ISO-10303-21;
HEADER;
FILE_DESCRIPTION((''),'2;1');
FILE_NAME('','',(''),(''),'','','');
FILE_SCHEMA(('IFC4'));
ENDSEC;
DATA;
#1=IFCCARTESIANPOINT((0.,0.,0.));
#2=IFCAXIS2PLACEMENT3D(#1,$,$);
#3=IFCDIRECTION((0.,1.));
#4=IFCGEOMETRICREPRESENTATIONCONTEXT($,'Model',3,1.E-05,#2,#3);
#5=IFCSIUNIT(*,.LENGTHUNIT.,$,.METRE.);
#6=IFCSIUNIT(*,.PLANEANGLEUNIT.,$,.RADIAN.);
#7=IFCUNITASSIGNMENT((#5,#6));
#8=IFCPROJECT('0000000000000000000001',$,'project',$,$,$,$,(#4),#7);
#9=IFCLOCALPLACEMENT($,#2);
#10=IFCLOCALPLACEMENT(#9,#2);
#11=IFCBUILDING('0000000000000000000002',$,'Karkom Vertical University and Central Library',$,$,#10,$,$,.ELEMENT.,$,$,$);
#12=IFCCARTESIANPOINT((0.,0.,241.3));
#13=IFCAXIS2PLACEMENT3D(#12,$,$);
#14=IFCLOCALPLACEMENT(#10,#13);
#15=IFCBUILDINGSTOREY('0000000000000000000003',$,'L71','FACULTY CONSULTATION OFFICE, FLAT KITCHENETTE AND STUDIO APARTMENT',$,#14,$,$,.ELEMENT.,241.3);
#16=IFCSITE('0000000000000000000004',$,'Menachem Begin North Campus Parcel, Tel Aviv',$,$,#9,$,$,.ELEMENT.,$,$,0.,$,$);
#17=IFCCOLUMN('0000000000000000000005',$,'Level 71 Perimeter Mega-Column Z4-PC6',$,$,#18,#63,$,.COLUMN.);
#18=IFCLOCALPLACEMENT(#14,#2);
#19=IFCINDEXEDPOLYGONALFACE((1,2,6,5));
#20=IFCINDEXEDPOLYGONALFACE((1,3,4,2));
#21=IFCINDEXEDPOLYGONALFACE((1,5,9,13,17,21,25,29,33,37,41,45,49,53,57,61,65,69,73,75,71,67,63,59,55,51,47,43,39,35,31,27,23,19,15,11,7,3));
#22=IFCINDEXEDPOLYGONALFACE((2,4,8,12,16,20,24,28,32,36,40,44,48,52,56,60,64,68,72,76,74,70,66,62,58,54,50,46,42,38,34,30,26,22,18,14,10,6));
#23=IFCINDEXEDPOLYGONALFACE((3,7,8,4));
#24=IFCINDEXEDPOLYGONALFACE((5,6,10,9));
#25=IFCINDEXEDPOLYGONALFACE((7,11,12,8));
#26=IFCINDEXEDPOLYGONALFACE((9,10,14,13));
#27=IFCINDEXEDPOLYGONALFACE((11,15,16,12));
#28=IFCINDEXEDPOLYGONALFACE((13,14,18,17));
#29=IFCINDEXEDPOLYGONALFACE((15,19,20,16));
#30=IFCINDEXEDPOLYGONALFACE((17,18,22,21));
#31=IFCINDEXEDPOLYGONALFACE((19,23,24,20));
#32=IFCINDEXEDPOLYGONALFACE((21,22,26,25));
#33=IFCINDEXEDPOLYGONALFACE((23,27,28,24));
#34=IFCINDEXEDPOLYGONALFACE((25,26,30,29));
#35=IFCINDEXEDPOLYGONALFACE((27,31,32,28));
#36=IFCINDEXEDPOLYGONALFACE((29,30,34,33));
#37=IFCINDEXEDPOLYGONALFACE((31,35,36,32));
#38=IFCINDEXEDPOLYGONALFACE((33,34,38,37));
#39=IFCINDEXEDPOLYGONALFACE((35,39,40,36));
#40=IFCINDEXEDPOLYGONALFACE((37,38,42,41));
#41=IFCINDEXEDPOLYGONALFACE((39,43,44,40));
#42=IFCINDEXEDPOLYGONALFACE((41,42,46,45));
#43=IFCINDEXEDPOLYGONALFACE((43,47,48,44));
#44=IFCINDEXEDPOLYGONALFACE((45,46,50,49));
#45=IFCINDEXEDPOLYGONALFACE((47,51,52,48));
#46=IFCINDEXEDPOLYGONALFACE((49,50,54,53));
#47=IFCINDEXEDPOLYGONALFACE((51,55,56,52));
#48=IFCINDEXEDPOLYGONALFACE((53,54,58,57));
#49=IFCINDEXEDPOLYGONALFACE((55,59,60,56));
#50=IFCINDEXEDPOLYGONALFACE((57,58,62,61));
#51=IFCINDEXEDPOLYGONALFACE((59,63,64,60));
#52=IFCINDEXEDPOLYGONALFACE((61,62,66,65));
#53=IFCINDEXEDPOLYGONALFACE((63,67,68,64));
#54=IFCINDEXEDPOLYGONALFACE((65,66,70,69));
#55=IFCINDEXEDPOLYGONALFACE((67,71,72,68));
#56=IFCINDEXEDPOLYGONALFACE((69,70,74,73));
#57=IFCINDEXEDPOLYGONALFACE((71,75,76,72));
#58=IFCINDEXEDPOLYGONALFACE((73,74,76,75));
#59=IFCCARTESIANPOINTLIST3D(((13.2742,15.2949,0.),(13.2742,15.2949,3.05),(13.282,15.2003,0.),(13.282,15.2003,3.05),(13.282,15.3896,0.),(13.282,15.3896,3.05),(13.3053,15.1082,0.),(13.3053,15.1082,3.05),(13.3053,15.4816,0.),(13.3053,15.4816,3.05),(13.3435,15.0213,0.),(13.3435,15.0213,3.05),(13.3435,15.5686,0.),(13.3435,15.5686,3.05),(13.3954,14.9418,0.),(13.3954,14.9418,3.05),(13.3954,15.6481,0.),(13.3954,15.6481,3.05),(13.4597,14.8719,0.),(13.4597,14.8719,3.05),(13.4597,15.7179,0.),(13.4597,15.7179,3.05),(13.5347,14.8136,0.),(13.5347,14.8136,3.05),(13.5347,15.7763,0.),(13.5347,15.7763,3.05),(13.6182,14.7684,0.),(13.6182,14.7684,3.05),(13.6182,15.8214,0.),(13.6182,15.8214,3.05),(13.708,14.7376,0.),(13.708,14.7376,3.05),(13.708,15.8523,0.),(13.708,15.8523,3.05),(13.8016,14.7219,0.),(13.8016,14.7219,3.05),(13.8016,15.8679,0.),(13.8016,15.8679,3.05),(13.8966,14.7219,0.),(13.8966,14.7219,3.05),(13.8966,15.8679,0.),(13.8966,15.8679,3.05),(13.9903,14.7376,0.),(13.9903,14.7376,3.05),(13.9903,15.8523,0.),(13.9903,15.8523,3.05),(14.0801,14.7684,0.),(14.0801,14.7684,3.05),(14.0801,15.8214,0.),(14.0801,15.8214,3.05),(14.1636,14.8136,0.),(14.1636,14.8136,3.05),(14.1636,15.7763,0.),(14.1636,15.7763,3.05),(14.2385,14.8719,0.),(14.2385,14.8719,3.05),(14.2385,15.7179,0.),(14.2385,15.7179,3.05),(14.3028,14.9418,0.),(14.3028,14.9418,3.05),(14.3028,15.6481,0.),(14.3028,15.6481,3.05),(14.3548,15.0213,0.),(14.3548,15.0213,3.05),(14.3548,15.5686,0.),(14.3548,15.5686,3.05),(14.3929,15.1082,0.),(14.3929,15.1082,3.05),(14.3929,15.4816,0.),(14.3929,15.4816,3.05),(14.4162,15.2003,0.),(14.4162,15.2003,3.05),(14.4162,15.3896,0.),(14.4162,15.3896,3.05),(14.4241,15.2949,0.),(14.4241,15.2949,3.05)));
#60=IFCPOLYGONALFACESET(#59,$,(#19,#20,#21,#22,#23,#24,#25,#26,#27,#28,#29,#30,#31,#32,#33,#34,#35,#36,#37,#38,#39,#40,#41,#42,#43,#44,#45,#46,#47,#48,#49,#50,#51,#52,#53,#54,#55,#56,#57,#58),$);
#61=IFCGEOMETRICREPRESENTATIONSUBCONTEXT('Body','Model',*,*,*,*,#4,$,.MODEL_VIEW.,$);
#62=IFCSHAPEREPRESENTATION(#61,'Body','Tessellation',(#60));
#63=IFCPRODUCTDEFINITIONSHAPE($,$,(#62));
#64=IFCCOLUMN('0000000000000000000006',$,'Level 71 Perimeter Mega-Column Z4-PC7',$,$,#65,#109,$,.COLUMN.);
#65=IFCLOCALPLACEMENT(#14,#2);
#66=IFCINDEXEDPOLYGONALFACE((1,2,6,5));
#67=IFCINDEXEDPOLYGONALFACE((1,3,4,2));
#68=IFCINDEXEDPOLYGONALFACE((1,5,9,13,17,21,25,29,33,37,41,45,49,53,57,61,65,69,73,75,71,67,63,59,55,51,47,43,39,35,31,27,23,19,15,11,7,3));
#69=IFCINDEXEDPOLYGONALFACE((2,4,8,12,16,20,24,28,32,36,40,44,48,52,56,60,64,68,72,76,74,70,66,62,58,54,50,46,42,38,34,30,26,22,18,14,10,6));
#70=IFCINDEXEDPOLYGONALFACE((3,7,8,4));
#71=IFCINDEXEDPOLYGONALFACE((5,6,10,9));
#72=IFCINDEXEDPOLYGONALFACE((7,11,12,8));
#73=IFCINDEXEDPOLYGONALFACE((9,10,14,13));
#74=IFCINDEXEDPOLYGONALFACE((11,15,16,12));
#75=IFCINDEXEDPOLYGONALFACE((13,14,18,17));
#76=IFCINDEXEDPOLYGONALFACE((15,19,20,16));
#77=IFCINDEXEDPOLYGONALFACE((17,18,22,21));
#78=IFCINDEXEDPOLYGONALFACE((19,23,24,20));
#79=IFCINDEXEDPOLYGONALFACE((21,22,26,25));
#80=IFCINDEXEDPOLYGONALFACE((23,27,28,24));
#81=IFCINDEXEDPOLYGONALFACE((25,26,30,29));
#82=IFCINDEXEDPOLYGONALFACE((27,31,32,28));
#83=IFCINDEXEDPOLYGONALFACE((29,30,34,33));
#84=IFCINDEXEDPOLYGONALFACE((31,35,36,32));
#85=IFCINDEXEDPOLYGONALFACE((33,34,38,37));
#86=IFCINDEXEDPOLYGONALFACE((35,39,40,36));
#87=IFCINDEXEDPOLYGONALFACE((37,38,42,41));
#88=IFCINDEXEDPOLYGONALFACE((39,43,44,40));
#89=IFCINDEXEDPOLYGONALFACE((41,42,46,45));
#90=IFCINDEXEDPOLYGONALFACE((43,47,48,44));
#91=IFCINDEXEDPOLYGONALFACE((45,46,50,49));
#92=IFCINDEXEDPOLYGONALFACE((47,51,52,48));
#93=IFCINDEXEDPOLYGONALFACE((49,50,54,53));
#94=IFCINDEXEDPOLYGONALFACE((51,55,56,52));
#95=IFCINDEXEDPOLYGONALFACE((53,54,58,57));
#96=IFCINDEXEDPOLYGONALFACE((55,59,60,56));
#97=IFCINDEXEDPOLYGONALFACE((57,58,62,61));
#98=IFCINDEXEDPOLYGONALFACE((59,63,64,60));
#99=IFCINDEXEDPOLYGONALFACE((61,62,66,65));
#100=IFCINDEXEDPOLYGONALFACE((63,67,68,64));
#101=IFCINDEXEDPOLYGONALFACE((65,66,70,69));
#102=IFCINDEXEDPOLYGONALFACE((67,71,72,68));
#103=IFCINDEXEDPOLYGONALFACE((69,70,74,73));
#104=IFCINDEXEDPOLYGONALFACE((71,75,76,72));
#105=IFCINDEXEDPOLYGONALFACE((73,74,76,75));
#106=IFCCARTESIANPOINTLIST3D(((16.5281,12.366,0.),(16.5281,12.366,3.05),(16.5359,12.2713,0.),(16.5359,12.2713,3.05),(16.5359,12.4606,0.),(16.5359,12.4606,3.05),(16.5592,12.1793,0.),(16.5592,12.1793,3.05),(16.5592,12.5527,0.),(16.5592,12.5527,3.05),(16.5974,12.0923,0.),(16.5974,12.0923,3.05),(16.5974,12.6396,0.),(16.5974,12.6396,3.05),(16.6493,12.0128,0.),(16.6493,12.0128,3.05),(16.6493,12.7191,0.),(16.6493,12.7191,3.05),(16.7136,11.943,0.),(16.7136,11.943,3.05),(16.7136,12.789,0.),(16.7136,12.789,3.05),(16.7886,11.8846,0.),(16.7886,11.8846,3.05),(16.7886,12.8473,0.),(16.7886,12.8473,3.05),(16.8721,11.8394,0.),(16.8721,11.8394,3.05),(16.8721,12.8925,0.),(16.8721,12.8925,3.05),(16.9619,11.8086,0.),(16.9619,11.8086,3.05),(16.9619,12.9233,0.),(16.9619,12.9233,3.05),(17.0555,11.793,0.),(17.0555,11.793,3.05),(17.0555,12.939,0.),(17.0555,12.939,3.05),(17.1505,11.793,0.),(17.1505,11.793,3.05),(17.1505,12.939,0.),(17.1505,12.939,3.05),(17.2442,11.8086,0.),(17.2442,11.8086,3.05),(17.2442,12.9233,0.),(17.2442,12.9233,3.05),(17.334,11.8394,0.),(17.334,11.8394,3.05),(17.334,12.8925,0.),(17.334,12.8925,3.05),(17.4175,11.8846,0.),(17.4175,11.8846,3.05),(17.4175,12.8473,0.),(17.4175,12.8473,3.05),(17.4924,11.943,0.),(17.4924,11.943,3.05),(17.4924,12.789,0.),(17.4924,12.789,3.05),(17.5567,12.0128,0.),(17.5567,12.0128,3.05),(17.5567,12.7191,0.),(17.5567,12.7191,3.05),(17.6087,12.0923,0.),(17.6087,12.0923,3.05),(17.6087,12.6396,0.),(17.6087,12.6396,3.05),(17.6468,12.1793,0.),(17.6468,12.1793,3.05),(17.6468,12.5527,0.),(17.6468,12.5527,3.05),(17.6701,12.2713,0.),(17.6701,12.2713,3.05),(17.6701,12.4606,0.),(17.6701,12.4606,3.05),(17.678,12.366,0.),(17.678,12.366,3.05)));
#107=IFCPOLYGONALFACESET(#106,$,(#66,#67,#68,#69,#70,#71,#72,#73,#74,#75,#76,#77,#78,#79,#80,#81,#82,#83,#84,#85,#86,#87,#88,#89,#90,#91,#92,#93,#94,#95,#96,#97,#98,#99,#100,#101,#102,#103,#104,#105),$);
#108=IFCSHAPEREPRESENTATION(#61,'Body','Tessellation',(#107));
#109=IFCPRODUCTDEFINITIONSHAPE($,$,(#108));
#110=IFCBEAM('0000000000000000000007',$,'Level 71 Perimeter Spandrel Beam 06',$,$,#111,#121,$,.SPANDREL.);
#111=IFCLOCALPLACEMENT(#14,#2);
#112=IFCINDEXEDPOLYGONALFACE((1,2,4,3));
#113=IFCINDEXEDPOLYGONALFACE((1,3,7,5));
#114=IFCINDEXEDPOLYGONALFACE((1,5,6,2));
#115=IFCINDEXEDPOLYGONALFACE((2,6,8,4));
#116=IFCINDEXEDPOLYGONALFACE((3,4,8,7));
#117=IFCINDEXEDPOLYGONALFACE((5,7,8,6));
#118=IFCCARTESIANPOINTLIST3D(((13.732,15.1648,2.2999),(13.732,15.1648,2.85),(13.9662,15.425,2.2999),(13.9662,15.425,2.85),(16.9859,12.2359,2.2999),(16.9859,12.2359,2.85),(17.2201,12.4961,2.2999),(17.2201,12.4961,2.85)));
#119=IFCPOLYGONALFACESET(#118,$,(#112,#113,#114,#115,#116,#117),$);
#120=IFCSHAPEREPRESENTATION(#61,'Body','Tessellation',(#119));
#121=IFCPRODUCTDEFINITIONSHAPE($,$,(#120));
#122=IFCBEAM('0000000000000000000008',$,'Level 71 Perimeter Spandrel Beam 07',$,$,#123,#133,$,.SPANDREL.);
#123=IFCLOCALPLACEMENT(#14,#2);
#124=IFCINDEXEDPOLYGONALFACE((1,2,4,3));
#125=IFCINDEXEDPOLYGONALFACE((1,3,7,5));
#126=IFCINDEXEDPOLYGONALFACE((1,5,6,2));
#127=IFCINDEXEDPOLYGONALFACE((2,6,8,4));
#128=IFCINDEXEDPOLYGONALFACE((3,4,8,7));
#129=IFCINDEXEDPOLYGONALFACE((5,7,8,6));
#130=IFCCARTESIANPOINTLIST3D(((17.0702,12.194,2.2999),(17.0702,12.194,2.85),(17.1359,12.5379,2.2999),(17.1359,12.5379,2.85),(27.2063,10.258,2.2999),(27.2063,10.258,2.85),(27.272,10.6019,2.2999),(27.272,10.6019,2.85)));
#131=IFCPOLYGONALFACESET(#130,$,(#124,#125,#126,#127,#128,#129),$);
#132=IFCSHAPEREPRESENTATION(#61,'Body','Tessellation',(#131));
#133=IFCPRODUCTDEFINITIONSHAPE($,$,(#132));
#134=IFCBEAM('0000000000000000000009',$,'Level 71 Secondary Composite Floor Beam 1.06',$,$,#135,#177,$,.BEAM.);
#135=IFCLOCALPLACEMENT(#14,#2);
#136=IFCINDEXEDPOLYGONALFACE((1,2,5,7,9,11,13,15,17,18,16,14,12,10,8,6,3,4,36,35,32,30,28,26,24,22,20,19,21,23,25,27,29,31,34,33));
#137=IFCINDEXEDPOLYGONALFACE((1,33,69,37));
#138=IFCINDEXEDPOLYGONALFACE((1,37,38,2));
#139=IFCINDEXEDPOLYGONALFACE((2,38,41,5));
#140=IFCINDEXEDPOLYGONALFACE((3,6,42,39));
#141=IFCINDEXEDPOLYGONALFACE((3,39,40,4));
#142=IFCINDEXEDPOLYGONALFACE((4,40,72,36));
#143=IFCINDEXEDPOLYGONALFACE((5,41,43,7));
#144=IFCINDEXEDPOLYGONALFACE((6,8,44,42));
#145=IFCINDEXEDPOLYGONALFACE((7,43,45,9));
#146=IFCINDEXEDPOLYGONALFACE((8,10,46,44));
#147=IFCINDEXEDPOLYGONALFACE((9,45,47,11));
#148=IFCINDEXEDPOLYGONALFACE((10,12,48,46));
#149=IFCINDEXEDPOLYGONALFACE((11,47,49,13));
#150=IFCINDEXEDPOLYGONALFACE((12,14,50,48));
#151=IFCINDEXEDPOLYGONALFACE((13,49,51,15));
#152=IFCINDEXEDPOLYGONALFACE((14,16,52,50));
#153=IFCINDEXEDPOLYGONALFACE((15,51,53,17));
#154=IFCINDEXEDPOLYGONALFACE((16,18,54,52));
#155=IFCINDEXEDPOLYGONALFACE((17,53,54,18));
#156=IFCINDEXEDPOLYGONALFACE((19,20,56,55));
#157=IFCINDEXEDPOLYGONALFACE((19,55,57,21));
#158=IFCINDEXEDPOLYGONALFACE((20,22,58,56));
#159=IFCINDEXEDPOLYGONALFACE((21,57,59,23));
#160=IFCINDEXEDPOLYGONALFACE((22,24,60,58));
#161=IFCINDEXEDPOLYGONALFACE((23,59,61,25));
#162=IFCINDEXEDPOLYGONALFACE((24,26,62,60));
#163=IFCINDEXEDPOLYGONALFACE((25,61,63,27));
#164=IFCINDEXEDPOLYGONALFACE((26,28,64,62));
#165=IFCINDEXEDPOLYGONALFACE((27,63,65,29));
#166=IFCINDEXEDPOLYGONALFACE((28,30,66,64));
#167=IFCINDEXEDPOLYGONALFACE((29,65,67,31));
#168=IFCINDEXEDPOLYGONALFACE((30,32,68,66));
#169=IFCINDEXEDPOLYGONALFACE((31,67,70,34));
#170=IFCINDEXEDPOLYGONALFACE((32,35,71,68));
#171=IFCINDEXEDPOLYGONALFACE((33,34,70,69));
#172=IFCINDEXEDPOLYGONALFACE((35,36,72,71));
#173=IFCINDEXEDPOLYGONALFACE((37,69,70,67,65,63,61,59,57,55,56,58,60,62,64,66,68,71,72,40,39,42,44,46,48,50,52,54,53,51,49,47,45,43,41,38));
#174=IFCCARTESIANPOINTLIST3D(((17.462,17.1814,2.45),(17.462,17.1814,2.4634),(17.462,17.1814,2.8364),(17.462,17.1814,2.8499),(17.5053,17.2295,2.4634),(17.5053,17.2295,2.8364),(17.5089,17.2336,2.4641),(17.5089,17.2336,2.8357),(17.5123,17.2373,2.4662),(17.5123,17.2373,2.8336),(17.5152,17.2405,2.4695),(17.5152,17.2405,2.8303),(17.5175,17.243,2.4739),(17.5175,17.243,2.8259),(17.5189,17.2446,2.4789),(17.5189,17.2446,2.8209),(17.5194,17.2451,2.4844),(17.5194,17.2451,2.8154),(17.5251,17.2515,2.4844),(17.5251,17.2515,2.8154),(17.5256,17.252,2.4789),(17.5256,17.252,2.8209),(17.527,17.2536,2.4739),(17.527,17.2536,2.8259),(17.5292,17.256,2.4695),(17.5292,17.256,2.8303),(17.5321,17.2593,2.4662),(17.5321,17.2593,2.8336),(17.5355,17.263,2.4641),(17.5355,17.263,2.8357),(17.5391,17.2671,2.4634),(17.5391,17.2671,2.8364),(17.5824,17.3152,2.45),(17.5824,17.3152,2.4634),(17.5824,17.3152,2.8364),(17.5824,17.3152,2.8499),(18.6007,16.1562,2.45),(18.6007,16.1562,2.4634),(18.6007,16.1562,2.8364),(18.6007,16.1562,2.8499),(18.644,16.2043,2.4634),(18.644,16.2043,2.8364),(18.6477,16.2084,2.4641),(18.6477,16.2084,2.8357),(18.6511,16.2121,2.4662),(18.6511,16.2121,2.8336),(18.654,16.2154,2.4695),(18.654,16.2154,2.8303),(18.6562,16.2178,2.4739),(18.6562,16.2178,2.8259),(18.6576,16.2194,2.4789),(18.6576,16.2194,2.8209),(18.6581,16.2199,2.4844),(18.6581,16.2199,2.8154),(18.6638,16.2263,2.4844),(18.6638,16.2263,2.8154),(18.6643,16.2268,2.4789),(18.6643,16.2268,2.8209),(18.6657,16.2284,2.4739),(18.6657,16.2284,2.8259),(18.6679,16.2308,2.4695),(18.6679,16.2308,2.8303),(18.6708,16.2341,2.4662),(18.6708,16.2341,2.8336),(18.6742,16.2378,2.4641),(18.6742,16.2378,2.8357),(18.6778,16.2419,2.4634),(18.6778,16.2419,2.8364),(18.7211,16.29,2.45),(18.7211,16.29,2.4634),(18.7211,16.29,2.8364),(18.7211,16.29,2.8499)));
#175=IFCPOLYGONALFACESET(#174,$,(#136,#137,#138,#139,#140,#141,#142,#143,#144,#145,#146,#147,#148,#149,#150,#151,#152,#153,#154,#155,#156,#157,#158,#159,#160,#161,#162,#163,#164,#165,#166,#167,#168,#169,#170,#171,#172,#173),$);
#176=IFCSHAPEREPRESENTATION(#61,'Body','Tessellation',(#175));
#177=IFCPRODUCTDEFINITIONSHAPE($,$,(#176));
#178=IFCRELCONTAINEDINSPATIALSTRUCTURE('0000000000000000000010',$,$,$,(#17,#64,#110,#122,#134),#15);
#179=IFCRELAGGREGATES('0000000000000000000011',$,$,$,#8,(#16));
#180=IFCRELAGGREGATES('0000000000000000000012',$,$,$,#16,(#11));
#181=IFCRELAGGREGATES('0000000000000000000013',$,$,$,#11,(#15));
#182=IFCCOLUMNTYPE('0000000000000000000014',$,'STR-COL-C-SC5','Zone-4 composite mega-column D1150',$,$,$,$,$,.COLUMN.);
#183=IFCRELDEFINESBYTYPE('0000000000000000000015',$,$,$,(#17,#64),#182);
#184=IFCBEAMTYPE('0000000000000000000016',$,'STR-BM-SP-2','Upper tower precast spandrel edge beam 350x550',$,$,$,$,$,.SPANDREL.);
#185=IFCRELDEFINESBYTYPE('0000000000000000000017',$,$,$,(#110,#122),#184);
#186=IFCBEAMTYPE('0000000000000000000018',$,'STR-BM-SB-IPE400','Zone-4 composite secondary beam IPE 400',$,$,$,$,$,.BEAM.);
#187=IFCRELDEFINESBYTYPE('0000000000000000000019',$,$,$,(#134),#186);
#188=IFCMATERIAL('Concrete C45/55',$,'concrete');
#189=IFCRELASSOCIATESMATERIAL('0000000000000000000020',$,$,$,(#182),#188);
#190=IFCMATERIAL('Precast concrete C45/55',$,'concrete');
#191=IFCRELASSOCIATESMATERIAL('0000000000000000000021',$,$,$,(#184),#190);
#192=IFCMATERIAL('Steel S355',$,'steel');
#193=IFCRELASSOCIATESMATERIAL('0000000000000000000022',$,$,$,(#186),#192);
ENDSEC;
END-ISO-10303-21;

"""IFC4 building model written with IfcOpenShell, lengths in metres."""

from ifc_helpers import new_model, si_unit, direction, frame, origin, origin_with_axes, origin_2d, place, context, subcontext, project, spatial, rectangle, circle, i_section, extrude, source, transform, mapped, material, material_profile, profile_set, type_object, element, save


model = new_model("IFC4")

# Units and contexts
model_context = context("Model", 3, precision=1e-05, world=origin(), true_north=direction((0.0, 1.0)))
body_context = subcontext(model_context, "Body", "Model", "MODEL_VIEW")
ifc_project = project(units=[si_unit("LENGTHUNIT", "METRE"), si_unit("PLANEANGLEUNIT", "RADIAN")], contexts=[model_context])

# Site, building, storey
site_placement = place(None, origin())
site = spatial("IfcSite", under=ifc_project, at=site_placement, Name="Menachem Begin North Campus Parcel, Tel Aviv", CompositionType="ELEMENT", RefElevation=0.0)
building_placement = place(site_placement, origin())
building = spatial("IfcBuilding", under=site, at=building_placement, Name="Karkom Vertical University and Central Library", CompositionType="ELEMENT")
storey_placement = place(building_placement, frame((0.0, 0.0, 241.3)))
storey = spatial("IfcBuildingStorey", under=building, at=storey_placement, Name="L71", Description="FACULTY CONSULTATION OFFICE, FLAT KITCHENETTE AND STUDIO APARTMENT", CompositionType="ELEMENT", Elevation=241.3)

# Columns
ifc_material_1 = material(Name="Concrete C45/55", Category="concrete")
ifc_material_profile_1 = material_profile(ifc_material_1, circle(Radius=0.575, at=origin_2d()), Name="CFT-D1150")
ifc_profile_set_1 = profile_set([ifc_material_profile_1], Name="Concrete C45/55")
column_type = type_object("IfcColumnType", Name="STR-COL-C-SC5", Description="Zone-4 composite mega-column D1150", PredefinedType="COLUMN", material=ifc_profile_set_1)
shared_shape_1 = source(origin_with_axes(), body_context, "Body", "SweptSolid", [
    extrude(circle(Radius=0.575, at=origin_2d()), origin(), (0.0, 0.0, 1.0), 3.05),
])
for number, where, z_axis, x_axis, name in (
    (1, (13.8491, 15.2949, 0.0), (0.0, 0.0, 1.0), (1.0, 0.0, 0.0), "Level 71 Perimeter Mega-Column Z4-PC6"),
    (2, (17.103, 12.366, 0.0), (0.0, 0.0, 1.0), (1.0, 0.0, 0.0), "Level 71 Perimeter Mega-Column Z4-PC7"),
):
    element("IfcColumn", number, at=place(storey_placement, frame(where, z_axis=z_axis, x_axis=x_axis)), inside=storey, type_object=column_type, Name=name, PredefinedType="COLUMN", context=body_context, shape_type="MappedRepresentation", body=[
        mapped(shared_shape_1, transform((0.0, 0.0, 0.0), scale=1.0)),
    ])

# Beams
ifc_material_2 = material(Name="Precast concrete C45/55", Category="concrete")
ifc_material_profile_2 = material_profile(ifc_material_2, rectangle(XDim=0.3501, YDim=0.55, at=origin_2d()), Name="SPB-350x550")
ifc_profile_set_2 = profile_set([ifc_material_profile_2], Name="Precast concrete C45/55")
beam_type_1 = type_object("IfcBeamType", Name="STR-BM-SP-2", Description="Upper tower precast spandrel edge beam 350x550", PredefinedType="SPANDREL", material=ifc_profile_set_2)
shared_shape_2 = source(origin_with_axes(), body_context, "Body", "SweptSolid", [
    extrude(rectangle(XDim=0.3501, YDim=0.55, at=origin_2d()), origin(), (0.0, 0.0, 1.0), 4.3779),
])
beam_1_placement = place(storey_placement, frame((13.8491, 15.2949, 2.575), z_axis=(0.743244, -0.66902, 0.0), x_axis=(0.66902, 0.743244, 0.0)))
element("IfcBeam", 3, at=beam_1_placement, inside=storey, type_object=beam_type_1, Name="Level 71 Perimeter Spandrel Beam 06", PredefinedType="SPANDREL", context=body_context, shape_type="MappedRepresentation", body=[
    mapped(shared_shape_2, transform((0.0, 0.0, 0.0), scale=1.0)),
])
shared_shape_3 = source(origin_with_axes(), body_context, "Body", "SweptSolid", [
    extrude(rectangle(XDim=0.3501, YDim=0.55, at=origin_2d()), origin(), (0.0, 0.0, 1.0), 10.3193),
])
beam_2_placement = place(storey_placement, frame((17.103, 12.366, 2.575), z_axis=(0.982243, -0.187614, 0.0), x_axis=(0.187614, 0.982243, 0.0)))
element("IfcBeam", 4, at=beam_2_placement, inside=storey, type_object=beam_type_1, Name="Level 71 Perimeter Spandrel Beam 07", PredefinedType="SPANDREL", context=body_context, shape_type="MappedRepresentation", body=[
    mapped(shared_shape_3, transform((0.0, 0.0, 0.0), scale=1.0)),
])
ifc_material_3 = material(Name="Steel S355", Category="steel")
ifc_material_profile_3 = material_profile(ifc_material_3, i_section(OverallWidth=0.1799, OverallDepth=0.3999, WebThickness=0.0085, FlangeThickness=0.0134, FilletRadius=0.021, at=origin_2d()), Name="IPE 400")
ifc_profile_set_3 = profile_set([ifc_material_profile_3], Name="Steel S355")
beam_type_2 = type_object("IfcBeamType", Name="STR-BM-SB-IPE400", Description="Zone-4 composite secondary beam IPE 400", PredefinedType="BEAM", material=ifc_profile_set_3)
shared_shape_4 = source(origin_with_axes(), body_context, "Body", "SweptSolid", [
    extrude(i_section(OverallWidth=0.1799, OverallDepth=0.3999, WebThickness=0.0085, FlangeThickness=0.0134, FilletRadius=0.021, at=origin_2d()), origin(), (0.0, 0.0, 1.0), 1.5322),
])
beam_3_placement = place(storey_placement, frame((17.5222, 17.2483, 2.6499), z_axis=(0.743183, -0.669088, 0.0), x_axis=(0.669088, 0.743183, 0.0)))
element("IfcBeam", 5, at=beam_3_placement, inside=storey, type_object=beam_type_2, Name="Level 71 Secondary Composite Floor Beam 1.06", PredefinedType="BEAM", context=body_context, shape_type="MappedRepresentation", body=[
    mapped(shared_shape_4, transform((0.0, 0.0, 0.0), scale=1.0)),
])

save(model, "model.ifc")
